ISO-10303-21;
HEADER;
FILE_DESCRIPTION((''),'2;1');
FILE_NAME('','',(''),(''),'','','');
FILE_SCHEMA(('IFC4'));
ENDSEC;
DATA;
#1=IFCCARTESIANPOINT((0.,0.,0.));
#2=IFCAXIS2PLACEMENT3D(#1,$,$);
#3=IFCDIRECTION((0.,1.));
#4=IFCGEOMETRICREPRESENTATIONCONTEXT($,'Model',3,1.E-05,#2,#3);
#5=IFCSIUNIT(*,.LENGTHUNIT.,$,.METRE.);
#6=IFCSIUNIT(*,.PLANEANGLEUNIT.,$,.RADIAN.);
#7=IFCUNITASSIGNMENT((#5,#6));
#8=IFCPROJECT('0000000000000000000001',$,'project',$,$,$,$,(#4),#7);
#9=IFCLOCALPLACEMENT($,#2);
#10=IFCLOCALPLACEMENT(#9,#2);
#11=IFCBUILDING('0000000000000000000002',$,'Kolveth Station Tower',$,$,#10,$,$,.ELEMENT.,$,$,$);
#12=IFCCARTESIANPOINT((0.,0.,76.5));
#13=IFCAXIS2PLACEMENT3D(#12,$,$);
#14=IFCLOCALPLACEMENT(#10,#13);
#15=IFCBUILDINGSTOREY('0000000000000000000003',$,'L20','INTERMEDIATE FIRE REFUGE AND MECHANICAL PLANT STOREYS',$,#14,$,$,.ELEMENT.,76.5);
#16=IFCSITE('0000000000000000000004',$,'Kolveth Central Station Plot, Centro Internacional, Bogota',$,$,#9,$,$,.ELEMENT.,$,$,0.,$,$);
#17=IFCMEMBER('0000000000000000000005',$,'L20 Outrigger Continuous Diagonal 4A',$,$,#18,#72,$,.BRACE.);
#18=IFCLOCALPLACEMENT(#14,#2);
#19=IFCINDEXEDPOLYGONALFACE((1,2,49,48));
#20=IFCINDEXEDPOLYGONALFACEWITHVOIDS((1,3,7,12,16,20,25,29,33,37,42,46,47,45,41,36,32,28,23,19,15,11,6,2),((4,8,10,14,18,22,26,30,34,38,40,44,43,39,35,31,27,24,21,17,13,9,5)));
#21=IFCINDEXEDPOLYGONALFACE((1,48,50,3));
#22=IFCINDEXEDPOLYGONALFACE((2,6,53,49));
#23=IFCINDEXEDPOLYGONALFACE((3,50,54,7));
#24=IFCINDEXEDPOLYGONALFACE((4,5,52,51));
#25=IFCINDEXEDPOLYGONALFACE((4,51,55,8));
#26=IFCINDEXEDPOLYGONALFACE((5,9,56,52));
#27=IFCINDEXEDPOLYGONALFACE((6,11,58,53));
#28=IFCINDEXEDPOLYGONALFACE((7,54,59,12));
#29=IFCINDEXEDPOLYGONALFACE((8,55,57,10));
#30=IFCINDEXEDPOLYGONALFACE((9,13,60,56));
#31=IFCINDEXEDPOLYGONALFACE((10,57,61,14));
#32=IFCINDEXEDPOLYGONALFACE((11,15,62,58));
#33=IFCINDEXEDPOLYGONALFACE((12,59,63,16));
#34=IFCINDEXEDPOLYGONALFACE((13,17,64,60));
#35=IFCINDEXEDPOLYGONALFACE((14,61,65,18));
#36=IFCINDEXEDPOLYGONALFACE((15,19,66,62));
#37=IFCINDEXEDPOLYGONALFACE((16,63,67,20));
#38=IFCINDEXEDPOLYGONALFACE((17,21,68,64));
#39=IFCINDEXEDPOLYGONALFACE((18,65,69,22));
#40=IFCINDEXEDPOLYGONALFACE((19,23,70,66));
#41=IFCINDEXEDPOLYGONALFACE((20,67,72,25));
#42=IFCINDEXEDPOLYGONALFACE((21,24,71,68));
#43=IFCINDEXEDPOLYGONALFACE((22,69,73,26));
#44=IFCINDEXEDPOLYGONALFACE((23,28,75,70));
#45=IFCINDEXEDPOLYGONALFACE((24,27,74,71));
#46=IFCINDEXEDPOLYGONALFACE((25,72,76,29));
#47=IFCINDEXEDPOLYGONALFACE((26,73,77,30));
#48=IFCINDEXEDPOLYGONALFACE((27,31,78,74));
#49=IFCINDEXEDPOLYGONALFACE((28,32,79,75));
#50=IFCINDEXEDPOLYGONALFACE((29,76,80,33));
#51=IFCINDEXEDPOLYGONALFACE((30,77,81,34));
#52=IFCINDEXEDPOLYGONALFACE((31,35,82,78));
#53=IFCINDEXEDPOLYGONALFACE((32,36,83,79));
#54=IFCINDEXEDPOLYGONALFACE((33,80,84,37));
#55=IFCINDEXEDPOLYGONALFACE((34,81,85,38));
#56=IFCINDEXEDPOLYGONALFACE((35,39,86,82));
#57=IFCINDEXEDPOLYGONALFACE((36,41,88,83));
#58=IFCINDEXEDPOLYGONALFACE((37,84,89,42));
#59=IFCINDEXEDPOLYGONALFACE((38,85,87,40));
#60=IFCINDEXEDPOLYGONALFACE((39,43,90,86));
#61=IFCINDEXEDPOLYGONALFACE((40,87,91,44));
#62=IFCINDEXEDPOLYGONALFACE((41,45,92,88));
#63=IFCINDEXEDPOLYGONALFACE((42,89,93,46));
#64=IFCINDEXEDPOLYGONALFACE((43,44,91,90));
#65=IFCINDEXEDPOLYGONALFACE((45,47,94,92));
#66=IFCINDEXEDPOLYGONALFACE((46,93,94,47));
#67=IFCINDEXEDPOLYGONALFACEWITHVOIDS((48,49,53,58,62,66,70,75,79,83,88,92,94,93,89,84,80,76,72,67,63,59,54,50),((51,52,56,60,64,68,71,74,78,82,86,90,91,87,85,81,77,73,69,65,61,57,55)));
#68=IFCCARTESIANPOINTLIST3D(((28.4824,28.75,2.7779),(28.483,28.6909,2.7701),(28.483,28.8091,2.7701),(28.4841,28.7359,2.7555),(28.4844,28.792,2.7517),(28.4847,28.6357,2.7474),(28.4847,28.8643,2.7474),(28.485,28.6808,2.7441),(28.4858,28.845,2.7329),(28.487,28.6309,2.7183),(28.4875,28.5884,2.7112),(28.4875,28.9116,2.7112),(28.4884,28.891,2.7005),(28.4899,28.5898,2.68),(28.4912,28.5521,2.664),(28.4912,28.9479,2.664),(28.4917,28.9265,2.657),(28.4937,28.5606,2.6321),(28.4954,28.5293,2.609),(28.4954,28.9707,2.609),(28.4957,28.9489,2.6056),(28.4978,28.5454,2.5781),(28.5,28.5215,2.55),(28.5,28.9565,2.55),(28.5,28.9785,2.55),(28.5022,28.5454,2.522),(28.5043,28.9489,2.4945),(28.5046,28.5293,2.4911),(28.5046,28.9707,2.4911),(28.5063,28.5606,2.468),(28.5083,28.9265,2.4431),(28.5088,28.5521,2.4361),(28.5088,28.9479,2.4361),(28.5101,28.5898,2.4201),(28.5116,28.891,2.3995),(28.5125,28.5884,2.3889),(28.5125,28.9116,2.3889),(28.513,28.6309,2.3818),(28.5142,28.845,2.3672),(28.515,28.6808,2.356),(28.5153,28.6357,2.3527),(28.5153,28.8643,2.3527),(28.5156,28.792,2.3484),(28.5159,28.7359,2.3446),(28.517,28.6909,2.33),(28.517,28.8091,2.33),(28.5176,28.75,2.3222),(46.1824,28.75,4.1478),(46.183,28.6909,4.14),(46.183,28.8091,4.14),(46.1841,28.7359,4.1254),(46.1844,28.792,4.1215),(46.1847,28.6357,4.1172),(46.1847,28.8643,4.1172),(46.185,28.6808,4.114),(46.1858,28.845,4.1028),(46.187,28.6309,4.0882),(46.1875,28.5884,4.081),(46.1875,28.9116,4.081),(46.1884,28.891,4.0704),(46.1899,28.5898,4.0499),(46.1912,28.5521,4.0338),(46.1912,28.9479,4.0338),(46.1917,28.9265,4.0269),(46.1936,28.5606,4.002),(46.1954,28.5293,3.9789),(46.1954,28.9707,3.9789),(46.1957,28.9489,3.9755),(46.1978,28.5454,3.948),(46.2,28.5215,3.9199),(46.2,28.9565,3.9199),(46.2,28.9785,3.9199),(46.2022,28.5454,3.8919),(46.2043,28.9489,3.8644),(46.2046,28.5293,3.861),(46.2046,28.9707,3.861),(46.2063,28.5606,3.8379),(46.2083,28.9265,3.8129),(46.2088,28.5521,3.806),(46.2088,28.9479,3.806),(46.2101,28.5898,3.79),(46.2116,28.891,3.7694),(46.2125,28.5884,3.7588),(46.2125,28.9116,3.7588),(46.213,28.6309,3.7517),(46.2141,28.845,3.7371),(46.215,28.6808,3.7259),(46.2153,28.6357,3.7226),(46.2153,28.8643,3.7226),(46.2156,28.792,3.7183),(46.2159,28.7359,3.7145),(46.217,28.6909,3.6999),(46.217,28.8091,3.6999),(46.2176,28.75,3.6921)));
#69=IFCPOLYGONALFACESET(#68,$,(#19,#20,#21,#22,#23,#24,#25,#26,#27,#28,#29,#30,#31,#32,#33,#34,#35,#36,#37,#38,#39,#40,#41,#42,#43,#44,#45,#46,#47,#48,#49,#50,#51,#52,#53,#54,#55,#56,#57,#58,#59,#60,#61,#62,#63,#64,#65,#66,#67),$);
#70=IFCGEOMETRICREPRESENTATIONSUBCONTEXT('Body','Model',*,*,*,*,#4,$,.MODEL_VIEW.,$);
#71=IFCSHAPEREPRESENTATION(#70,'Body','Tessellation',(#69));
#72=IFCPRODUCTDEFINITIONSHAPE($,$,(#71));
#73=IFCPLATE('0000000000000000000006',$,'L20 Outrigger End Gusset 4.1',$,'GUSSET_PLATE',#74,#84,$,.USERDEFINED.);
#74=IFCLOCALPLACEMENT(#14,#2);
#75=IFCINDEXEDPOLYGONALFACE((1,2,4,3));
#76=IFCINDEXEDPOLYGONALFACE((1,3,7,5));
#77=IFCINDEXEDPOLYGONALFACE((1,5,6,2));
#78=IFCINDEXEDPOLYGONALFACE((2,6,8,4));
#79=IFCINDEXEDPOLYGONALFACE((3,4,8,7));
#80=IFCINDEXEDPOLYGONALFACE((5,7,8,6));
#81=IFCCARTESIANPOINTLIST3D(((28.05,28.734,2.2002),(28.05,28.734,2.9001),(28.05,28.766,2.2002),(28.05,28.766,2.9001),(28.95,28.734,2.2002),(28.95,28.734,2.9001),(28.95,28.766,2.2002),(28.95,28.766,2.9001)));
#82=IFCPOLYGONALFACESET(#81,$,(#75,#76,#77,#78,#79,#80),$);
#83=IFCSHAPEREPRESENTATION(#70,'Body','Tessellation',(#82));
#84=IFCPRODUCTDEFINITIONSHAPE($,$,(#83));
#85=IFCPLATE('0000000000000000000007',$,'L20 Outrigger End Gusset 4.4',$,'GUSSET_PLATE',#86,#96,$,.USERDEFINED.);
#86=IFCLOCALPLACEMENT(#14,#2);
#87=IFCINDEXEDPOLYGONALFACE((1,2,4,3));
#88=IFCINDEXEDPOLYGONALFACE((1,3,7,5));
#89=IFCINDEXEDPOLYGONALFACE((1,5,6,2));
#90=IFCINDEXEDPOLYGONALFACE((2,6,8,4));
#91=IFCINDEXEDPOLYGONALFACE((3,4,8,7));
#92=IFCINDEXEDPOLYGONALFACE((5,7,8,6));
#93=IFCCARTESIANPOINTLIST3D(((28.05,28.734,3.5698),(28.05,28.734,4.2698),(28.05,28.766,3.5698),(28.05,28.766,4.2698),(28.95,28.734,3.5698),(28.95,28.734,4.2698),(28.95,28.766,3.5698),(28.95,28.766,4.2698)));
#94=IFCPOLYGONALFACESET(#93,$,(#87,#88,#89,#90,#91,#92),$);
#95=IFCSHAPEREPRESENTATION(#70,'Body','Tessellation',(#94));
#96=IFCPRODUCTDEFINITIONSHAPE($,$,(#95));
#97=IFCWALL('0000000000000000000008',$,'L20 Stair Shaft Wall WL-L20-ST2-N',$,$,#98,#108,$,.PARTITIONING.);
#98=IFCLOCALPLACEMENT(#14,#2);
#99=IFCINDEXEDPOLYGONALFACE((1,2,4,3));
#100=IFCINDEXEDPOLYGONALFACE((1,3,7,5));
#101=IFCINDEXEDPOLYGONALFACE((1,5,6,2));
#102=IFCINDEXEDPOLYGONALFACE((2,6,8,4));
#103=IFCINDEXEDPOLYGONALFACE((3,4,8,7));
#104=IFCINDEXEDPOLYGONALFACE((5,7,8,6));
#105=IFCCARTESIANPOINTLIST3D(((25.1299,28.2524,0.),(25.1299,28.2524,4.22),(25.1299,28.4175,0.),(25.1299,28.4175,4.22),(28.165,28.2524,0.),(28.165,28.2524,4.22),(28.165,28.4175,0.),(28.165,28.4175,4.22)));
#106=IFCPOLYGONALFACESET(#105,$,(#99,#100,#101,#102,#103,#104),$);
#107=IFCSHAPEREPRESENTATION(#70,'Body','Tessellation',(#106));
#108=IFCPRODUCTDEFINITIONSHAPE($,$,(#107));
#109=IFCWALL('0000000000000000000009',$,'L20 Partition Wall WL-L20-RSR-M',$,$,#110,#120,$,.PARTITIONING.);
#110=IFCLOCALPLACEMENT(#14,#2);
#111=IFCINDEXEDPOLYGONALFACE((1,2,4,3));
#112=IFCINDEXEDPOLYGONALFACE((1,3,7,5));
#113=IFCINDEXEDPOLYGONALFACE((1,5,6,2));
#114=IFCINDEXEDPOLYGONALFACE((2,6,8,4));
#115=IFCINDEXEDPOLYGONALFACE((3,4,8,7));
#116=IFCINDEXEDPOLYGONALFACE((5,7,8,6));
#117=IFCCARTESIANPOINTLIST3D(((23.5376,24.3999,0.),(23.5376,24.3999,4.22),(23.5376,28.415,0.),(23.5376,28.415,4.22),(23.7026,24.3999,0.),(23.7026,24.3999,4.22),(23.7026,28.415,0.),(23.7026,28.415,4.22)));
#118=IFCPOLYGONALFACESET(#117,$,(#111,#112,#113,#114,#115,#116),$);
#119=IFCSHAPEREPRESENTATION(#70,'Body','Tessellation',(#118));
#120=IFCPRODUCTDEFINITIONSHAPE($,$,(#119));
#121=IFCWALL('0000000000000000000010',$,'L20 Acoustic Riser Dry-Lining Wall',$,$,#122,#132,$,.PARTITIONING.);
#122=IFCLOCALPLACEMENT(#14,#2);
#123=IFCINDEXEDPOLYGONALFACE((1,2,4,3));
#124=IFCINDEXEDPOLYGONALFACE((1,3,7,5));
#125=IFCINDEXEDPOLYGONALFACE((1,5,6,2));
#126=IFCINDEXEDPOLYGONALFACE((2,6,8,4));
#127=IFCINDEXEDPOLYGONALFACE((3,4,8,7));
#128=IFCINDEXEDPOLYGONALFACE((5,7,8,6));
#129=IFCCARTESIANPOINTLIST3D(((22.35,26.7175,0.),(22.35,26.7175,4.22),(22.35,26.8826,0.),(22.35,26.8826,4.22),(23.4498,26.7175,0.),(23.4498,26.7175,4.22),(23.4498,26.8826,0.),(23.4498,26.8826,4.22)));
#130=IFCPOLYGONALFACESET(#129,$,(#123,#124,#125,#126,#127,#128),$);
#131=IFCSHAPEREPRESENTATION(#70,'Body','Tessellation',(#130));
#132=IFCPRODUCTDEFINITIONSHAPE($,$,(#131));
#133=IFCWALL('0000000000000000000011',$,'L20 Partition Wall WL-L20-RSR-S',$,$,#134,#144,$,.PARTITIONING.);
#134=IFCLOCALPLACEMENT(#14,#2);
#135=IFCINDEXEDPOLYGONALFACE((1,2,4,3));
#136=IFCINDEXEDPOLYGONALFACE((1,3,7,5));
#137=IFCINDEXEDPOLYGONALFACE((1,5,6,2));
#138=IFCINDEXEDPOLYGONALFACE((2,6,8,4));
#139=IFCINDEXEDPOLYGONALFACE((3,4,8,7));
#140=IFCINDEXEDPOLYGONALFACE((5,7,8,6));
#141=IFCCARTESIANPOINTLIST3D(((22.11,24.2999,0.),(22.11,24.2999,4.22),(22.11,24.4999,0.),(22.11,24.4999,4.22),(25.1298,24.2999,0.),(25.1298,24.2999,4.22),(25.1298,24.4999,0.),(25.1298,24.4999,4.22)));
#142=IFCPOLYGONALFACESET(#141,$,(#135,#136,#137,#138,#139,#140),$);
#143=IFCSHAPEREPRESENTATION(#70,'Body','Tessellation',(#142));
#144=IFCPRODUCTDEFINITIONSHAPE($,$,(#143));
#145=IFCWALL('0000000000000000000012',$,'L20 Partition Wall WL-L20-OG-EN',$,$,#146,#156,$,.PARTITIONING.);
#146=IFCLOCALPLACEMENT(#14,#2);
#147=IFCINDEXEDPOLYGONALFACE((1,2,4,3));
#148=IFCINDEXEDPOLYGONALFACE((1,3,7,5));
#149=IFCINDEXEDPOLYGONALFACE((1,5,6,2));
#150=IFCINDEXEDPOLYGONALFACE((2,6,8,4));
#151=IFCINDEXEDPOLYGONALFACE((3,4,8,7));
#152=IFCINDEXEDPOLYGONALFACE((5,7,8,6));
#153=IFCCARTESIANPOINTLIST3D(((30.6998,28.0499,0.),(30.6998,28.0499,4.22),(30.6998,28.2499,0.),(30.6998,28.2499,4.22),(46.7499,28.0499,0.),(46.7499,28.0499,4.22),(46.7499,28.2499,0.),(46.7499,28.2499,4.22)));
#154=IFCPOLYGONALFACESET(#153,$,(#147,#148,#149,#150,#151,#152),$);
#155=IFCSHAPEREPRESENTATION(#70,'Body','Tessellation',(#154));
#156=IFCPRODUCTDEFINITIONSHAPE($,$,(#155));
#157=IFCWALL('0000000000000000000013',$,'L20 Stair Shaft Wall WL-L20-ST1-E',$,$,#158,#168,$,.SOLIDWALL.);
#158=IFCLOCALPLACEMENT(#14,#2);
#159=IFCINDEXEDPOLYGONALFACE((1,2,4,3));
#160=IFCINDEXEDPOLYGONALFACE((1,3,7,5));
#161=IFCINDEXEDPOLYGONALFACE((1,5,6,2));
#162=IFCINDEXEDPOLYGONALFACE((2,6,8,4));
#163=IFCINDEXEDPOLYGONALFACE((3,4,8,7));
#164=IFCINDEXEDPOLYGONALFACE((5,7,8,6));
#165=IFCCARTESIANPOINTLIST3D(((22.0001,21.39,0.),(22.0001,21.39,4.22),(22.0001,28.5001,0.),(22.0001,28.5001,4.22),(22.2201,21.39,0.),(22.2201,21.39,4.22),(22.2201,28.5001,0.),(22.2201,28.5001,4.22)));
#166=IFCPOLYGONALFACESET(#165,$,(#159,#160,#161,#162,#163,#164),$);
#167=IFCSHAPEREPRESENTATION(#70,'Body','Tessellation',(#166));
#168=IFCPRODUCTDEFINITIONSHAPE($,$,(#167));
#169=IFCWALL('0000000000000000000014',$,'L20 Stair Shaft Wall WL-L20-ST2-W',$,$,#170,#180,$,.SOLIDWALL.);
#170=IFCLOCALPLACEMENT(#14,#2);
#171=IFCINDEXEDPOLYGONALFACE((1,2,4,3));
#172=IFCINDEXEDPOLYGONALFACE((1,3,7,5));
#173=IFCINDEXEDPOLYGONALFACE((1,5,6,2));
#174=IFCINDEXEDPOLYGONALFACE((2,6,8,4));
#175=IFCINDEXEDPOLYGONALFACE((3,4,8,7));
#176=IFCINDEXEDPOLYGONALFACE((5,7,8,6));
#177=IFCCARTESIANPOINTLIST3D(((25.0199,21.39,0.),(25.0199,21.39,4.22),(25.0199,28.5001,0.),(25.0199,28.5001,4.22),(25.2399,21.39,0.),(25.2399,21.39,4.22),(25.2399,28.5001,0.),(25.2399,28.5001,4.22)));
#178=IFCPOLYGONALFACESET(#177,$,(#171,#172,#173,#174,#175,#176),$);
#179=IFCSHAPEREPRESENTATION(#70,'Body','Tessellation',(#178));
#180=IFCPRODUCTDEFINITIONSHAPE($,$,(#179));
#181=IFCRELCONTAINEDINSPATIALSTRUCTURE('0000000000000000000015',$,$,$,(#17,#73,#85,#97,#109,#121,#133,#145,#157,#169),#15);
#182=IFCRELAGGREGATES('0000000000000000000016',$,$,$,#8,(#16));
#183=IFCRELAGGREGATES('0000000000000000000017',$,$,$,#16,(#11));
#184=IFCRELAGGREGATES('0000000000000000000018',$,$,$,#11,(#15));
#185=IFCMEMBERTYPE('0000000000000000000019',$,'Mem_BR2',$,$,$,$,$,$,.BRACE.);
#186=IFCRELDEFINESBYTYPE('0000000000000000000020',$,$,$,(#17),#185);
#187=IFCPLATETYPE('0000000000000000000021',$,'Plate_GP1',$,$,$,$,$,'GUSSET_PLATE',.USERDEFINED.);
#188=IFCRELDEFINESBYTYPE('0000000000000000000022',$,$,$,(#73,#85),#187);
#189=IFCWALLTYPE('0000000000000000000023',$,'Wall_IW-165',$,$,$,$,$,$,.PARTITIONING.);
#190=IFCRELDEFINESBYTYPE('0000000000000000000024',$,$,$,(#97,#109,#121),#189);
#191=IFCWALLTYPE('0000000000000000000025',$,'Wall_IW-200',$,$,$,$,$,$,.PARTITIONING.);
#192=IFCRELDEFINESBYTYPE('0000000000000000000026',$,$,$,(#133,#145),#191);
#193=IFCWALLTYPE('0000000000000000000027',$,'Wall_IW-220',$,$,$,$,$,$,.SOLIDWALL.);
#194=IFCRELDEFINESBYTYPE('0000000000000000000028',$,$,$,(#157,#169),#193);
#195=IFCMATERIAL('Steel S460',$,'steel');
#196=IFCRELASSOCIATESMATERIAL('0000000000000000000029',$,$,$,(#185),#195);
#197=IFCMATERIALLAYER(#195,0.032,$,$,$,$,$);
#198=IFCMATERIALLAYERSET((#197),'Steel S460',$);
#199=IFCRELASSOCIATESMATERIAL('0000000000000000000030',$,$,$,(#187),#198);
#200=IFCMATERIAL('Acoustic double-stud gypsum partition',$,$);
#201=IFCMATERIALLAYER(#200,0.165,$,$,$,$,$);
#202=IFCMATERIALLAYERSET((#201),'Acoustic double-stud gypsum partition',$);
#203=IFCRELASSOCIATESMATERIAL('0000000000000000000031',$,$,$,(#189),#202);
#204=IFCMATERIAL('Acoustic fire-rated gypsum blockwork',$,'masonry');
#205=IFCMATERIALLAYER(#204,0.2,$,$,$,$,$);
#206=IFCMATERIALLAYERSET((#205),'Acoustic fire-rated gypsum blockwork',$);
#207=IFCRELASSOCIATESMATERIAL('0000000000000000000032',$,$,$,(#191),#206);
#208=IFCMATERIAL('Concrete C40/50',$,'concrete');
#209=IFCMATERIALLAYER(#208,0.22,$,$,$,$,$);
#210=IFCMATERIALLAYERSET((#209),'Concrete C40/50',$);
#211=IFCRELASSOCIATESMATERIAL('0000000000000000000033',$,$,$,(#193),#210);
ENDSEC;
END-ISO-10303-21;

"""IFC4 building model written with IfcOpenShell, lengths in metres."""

from ifc_helpers import new_model, si_unit, direction, frame, frame_2d, origin, origin_2d, place, context, subcontext, project, spatial, rectangle, hollow_circle, extrude, source, transform, mapped, material, layer, layer_set, material_profile, profile_set, type_object, element, save


model = new_model("IFC4")

# Units and contexts
model_context = context("Model", 3, precision=1e-05, world=origin(), true_north=direction((0.0, 1.0)))
body_context = subcontext(model_context, "Body", "Model", "MODEL_VIEW")
ifc_project = project(units=[si_unit("LENGTHUNIT", "METRE"), si_unit("PLANEANGLEUNIT", "RADIAN")], contexts=[model_context])

# Site, building, storey
site_placement = place(None, origin())
site = spatial("IfcSite", under=ifc_project, at=site_placement, Name="Kolveth Central Station Plot, Centro Internacional, Bogota", CompositionType="ELEMENT", RefElevation=0.0)
building_placement = place(site_placement, origin())
building = spatial("IfcBuilding", under=site, at=building_placement, Name="Kolveth Station Tower", CompositionType="ELEMENT")
storey_placement = place(building_placement, frame((0.0, 0.0, 76.5)))
storey = spatial("IfcBuildingStorey", under=building, at=storey_placement, Name="L20", Description="INTERMEDIATE FIRE REFUGE AND MECHANICAL PLANT STOREYS", CompositionType="ELEMENT", Elevation=76.5)

# Shared definitions
ifc_material_1 = material(Name="Steel S460", Category="steel")

# Member
ifc_material_profile_1 = material_profile(ifc_material_1, hollow_circle(Radius=0.2285, WallThickness=0.022, at=origin_2d()), Name="CHS457x22")
ifc_profile_set_1 = profile_set([ifc_material_profile_1], Name="Steel S460")
member_type = type_object("IfcMemberType", Name="Mem_BR2", PredefinedType="BRACE", material=ifc_profile_set_1)
shared_shape_1 = source(origin(), body_context, "Body", "SweptSolid", [
    extrude(hollow_circle(Radius=0.2285, WallThickness=0.022, at=origin_2d()), origin(), (0.0, 0.0, 1.0), 17.7529),
])
member_placement = place(storey_placement, frame((28.5, 28.75, 2.55), z_axis=(0.997018, 0.0, 0.077163), x_axis=(0.0, 1.0, 0.0)))
element("IfcMember", 1, at=member_placement, inside=storey, type_object=member_type, Name="L20 Outrigger Continuous Diagonal 4A", PredefinedType="BRACE", context=body_context, shape_type="MappedRepresentation", body=[
    mapped(shared_shape_1, transform((0.0, 0.0, 0.0), x_axis=(1.0, 0.0, 0.0), y_axis=(0.0, 1.0, 0.0), z_axis=(0.0, 0.0, 1.0), scale=1.0)),
])

# Plates
ifc_layer_1 = layer(ifc_material_1, 0.032)
ifc_layer_set_1 = layer_set([ifc_layer_1], Name="Steel S460")
plate_type = type_object("IfcPlateType", Name="Plate_GP1", ElementType="GUSSET_PLATE", PredefinedType="USERDEFINED", material=ifc_layer_set_1)
shared_shape_2 = source(origin(), body_context, "Body", "SweptSolid", [
    extrude(rectangle(XDim=0.8999, YDim=0.032, at=origin_2d()), origin(), (0.0, 0.0, 1.0), 0.7),
])
for number, where, z_axis, x_axis, name in (
    (2, (28.5, 28.75, 2.2002), (0.0, 0.0, 1.0), (1.0, 0.0, 0.0), "L20 Outrigger End Gusset 4.1"),
    (3, (28.5, 28.75, 3.5698), (0.0, 0.0, 1.0), (1.0, 0.0, 0.0), "L20 Outrigger End Gusset 4.4"),
):
    element("IfcPlate", number, at=place(storey_placement, frame(where, z_axis=z_axis, x_axis=x_axis)), inside=storey, type_object=plate_type, Name=name, ObjectType="GUSSET_PLATE", PredefinedType="USERDEFINED", context=body_context, shape_type="MappedRepresentation", body=[
        mapped(shared_shape_2, transform((0.0, 0.0, 0.0), x_axis=(1.0, 0.0, 0.0), y_axis=(0.0, 1.0, 0.0), z_axis=(0.0, 0.0, 1.0), scale=1.0)),
    ])

# Walls
ifc_material_2 = material(Name="Acoustic double-stud gypsum partition")
ifc_layer_2 = layer(ifc_material_2, 0.165)
ifc_layer_set_2 = layer_set([ifc_layer_2], Name="Acoustic double-stud gypsum partition")
wall_type_1 = type_object("IfcWallType", Name="Wall_IW-165", PredefinedType="PARTITIONING", material=ifc_layer_set_2)
wall_1_placement = place(storey_placement, frame((25.1299, 28.335, 0.0), z_axis=(0.0, 0.0, 1.0), x_axis=(1.0, 0.0, 0.0)))
element("IfcWall", 4, at=wall_1_placement, inside=storey, type_object=wall_type_1, Name="L20 Stair Shaft Wall WL-L20-ST2-N", PredefinedType="PARTITIONING", context=body_context, shape_type="SweptSolid", body=[
    extrude(rectangle(XDim=3.0352, YDim=0.165, at=frame_2d((1.5176, 0.0))), origin(), (0.0, 0.0, 1.0), 4.22),
])
wall_2_placement = place(storey_placement, frame((23.6201, 24.3999, 0.0), z_axis=(0.0, 0.0, 1.0), x_axis=(0.0, 1.0, 0.0)))
element("IfcWall", 5, at=wall_2_placement, inside=storey, type_object=wall_type_1, Name="L20 Partition Wall WL-L20-RSR-M", PredefinedType="PARTITIONING", context=body_context, shape_type="SweptSolid", body=[
    extrude(rectangle(XDim=4.0151, YDim=0.165, at=frame_2d((2.0076, 0.0))), origin(), (0.0, 0.0, 1.0), 4.22),
])
wall_3_placement = place(storey_placement, frame((22.3501, 26.8, 0.0), z_axis=(0.0, 0.0, 1.0), x_axis=(1.0, 0.0, 0.0)))
element("IfcWall", 6, at=wall_3_placement, inside=storey, type_object=wall_type_1, Name="L20 Acoustic Riser Dry-Lining Wall", PredefinedType="PARTITIONING", context=body_context, shape_type="SweptSolid", body=[
    extrude(rectangle(XDim=1.0999, YDim=0.165, at=frame_2d((0.5498, 0.0))), origin(), (0.0, 0.0, 1.0), 4.22),
])
ifc_material_3 = material(Name="Acoustic fire-rated gypsum blockwork", Category="masonry")
ifc_layer_3 = layer(ifc_material_3, 0.2)
ifc_layer_set_3 = layer_set([ifc_layer_3], Name="Acoustic fire-rated gypsum blockwork")
wall_type_2 = type_object("IfcWallType", Name="Wall_IW-200", PredefinedType="PARTITIONING", material=ifc_layer_set_3)
wall_4_placement = place(storey_placement, frame((22.1101, 24.3999, 0.0), z_axis=(0.0, 0.0, 1.0), x_axis=(1.0, 0.0, 0.0)))
element("IfcWall", 7, at=wall_4_placement, inside=storey, type_object=wall_type_2, Name="L20 Partition Wall WL-L20-RSR-S", PredefinedType="PARTITIONING", context=body_context, shape_type="SweptSolid", body=[
    extrude(rectangle(XDim=3.0198, YDim=0.2, at=frame_2d((1.5098, 0.0))), origin(), (0.0, 0.0, 1.0), 4.22),
])
wall_5_placement = place(storey_placement, frame((30.7, 28.1499, 0.0), z_axis=(0.0, 0.0, 1.0), x_axis=(1.0, 0.0, 0.0)))
element("IfcWall", 8, at=wall_5_placement, inside=storey, type_object=wall_type_2, Name="L20 Partition Wall WL-L20-OG-EN", PredefinedType="PARTITIONING", context=body_context, shape_type="SweptSolid", body=[
    extrude(rectangle(XDim=16.05, YDim=0.2, at=frame_2d((8.0249, 0.0))), origin(), (0.0, 0.0, 1.0), 4.22),
])
ifc_material_4 = material(Name="Concrete C40/50", Category="concrete")
ifc_layer_4 = layer(ifc_material_4, 0.22)
ifc_layer_set_4 = layer_set([ifc_layer_4], Name="Concrete C40/50")
wall_type_3 = type_object("IfcWallType", Name="Wall_IW-220", PredefinedType="SOLIDWALL", material=ifc_layer_set_4)
for number, where, z_axis, x_axis, name in (
    (9, (22.1101, 21.3899, 0.0), (0.0, 0.0, 1.0), (0.0, 1.0, 0.0), "L20 Stair Shaft Wall WL-L20-ST1-E"),
    (10, (25.1299, 21.3899, 0.0), (0.0, 0.0, 1.0), (0.0, 1.0, 0.0), "L20 Stair Shaft Wall WL-L20-ST2-W"),
):
    element("IfcWall", number, at=place(storey_placement, frame(where, z_axis=z_axis, x_axis=x_axis)), inside=storey, type_object=wall_type_3, Name=name, PredefinedType="SOLIDWALL", context=body_context, shape_type="SweptSolid", body=[
        extrude(rectangle(XDim=7.1101, YDim=0.22, at=frame_2d((3.5552, 0.0))), origin(), (0.0, 0.0, 1.0), 4.22),
    ])

save(model, "model.ifc")
